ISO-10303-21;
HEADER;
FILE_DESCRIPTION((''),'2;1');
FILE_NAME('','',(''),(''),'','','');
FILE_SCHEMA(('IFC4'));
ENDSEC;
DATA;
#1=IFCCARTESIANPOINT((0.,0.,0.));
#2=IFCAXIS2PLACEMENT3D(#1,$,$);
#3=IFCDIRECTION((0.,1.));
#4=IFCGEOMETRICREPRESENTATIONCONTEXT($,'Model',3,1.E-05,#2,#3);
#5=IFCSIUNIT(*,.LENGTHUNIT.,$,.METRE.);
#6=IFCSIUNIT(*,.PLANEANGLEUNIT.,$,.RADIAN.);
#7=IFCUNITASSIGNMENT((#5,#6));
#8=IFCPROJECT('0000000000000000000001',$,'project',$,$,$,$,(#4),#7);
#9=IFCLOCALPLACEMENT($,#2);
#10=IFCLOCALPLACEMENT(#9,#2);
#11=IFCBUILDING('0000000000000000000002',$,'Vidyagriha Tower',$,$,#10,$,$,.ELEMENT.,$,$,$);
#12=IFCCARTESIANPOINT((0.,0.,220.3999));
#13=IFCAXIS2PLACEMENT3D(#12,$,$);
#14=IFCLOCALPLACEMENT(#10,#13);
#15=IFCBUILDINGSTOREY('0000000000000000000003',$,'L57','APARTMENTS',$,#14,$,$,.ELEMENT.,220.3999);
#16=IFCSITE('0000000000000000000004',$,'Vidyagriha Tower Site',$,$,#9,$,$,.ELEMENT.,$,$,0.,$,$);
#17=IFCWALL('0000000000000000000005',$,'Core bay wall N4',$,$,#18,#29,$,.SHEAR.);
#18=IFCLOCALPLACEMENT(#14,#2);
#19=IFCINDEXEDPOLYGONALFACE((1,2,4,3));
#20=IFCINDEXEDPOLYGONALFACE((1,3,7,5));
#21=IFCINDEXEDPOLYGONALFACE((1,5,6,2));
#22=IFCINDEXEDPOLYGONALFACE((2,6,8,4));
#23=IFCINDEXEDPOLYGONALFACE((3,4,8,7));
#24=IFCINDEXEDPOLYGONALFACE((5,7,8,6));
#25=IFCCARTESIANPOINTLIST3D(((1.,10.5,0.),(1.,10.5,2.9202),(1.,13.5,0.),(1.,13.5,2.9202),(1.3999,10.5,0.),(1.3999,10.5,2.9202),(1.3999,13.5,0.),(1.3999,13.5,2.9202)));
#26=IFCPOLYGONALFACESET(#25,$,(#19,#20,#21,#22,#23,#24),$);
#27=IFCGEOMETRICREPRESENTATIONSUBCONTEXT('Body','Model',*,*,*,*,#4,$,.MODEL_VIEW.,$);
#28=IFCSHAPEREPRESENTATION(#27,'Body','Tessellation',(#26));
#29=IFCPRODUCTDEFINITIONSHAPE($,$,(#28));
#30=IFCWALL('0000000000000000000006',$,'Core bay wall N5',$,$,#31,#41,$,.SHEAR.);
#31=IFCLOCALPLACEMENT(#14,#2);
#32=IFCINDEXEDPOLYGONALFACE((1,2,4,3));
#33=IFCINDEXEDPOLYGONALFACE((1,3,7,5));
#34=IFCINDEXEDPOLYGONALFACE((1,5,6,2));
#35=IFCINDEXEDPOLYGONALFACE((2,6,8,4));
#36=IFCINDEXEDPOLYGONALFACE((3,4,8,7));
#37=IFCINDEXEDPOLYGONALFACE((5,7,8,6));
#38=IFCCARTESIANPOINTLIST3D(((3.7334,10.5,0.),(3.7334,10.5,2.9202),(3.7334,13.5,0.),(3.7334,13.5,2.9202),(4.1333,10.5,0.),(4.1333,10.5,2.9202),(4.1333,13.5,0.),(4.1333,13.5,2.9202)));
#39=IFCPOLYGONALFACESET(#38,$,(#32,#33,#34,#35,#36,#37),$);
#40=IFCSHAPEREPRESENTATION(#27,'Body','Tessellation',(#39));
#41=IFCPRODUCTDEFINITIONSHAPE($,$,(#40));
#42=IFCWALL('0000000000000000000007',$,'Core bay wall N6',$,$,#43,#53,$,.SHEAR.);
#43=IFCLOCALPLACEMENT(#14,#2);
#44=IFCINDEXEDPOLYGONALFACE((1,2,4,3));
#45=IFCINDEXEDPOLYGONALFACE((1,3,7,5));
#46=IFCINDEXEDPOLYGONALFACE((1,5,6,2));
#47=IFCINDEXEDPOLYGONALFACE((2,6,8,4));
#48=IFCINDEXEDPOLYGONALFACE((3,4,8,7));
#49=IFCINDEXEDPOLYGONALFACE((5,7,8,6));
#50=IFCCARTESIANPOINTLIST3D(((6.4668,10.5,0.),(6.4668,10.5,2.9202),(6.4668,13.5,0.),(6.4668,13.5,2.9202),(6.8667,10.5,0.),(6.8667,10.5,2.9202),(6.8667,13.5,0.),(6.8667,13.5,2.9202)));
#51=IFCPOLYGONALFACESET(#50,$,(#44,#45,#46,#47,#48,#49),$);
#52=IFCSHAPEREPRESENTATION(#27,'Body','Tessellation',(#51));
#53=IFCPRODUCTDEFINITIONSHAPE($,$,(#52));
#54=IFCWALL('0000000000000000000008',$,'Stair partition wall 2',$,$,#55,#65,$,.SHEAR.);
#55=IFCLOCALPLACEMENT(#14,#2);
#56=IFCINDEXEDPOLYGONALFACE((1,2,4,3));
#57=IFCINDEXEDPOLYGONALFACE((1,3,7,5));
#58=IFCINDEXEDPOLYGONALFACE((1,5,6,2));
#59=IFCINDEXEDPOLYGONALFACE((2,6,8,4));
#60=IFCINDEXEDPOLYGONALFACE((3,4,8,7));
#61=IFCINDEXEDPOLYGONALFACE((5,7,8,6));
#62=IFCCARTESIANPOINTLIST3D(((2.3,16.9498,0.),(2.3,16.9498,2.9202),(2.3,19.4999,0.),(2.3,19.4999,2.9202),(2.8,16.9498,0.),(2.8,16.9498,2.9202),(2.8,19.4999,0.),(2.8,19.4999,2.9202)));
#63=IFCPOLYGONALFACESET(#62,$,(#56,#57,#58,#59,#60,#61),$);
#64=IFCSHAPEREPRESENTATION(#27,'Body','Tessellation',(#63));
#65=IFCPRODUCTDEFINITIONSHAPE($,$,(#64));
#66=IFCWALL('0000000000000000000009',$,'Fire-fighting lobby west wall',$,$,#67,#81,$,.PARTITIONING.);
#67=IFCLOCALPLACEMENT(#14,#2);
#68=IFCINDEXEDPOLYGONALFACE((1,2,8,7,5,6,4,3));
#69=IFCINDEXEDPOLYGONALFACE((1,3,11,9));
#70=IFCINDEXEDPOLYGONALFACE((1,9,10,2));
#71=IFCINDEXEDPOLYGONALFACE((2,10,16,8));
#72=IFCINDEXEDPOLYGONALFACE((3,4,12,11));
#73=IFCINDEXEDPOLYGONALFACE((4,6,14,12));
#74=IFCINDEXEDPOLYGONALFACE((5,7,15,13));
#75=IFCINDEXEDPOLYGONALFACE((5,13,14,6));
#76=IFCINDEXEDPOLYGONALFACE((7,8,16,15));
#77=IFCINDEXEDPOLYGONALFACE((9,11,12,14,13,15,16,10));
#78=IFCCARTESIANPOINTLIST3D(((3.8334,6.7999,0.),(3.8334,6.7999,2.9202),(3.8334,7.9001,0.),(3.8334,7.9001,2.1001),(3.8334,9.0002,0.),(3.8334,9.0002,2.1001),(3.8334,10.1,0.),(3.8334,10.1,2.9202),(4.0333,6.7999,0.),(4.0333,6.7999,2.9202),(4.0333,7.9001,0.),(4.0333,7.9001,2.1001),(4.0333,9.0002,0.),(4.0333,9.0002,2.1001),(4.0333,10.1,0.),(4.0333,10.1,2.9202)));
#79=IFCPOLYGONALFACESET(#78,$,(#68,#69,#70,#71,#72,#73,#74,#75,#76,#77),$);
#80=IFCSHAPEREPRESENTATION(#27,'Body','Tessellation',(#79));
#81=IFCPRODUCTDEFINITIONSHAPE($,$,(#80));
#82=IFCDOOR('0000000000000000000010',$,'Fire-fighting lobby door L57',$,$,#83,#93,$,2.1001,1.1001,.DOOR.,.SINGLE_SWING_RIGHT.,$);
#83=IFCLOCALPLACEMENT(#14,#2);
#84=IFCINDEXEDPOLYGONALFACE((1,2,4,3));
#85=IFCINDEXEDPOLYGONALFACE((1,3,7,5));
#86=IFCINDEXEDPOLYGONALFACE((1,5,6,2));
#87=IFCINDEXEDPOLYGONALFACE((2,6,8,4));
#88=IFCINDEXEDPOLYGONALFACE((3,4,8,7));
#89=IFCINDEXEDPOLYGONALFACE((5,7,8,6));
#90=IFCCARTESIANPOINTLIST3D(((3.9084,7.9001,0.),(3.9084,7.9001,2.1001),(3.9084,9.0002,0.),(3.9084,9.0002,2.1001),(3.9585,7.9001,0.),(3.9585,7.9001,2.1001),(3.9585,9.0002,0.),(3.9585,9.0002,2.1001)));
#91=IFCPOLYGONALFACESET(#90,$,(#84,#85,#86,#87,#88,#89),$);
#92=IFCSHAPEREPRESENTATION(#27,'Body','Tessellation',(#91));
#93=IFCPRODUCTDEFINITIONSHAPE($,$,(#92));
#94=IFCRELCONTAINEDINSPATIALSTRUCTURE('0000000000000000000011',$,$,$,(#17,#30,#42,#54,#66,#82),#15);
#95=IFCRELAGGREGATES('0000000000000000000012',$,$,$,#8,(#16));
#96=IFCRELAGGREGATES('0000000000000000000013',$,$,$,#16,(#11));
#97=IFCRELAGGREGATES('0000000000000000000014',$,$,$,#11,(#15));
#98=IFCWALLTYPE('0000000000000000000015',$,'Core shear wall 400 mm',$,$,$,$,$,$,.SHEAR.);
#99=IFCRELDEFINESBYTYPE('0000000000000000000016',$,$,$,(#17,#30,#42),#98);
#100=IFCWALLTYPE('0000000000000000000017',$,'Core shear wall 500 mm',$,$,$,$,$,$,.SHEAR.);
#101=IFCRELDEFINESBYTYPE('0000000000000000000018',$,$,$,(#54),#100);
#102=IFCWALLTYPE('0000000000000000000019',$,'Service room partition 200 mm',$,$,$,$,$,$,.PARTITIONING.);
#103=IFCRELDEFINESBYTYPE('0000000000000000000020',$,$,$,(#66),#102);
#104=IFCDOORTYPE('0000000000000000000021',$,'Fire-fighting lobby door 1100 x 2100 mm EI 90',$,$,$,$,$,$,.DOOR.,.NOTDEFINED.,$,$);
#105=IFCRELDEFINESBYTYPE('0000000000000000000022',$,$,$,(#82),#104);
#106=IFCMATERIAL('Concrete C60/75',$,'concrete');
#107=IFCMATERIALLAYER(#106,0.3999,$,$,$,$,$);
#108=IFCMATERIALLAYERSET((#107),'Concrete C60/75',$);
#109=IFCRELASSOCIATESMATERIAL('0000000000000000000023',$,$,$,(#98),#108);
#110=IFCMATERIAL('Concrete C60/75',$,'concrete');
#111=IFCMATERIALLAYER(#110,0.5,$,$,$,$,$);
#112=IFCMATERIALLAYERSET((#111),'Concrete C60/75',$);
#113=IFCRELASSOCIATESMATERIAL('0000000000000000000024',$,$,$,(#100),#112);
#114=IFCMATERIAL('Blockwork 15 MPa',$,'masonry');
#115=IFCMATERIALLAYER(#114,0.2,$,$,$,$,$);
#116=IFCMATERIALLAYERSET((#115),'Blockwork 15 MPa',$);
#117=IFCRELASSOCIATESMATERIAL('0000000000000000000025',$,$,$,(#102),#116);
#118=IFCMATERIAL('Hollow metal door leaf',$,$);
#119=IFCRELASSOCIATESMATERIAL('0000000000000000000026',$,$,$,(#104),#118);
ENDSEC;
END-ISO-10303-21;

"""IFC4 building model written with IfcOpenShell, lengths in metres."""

from ifc_helpers import new_model, si_unit, direction, frame, frame_2d, origin, place, context, subcontext, project, spatial, rectangle, extrude, material, layer, layer_set, type_object, element, fill, save


model = new_model("IFC4")

# Units and contexts
model_context = context("Model", 3, precision=1e-05, world=origin(), true_north=direction((0.0, 1.0)))
body_context = subcontext(model_context, "Body", "Model", "MODEL_VIEW")
ifc_project = project(units=[si_unit("LENGTHUNIT", "METRE"), si_unit("PLANEANGLEUNIT", "RADIAN")], contexts=[model_context])

# Site, building, storey
site_placement = place(None, origin())
site = spatial("IfcSite", under=ifc_project, at=site_placement, Name="Vidyagriha Tower Site", CompositionType="ELEMENT", RefElevation=0.0)
building_placement = place(site_placement, origin())
building = spatial("IfcBuilding", under=site, at=building_placement, Name="Vidyagriha Tower", CompositionType="ELEMENT")
storey_placement = place(building_placement, frame((0.0, 0.0, 220.3999)))
storey = spatial("IfcBuildingStorey", under=building, at=storey_placement, Name="L57", Description="APARTMENTS", CompositionType="ELEMENT", Elevation=220.3999)

# Shared definitions
ifc_material_1 = material(Name="Concrete C60/75", Category="concrete")
ifc_layer_1 = layer(ifc_material_1, 0.3999)
ifc_layer_set_1 = layer_set([ifc_layer_1], Name="Concrete C60/75")
wall_type_1 = type_object("IfcWallType", Name="Core shear wall 400 mm", PredefinedType="SHEAR", material=ifc_layer_set_1)

# Walls
for number, where, z_axis, x_axis, name in (
    (1, (1.2, 10.5, 0.0), (0.0, 0.0, 1.0), (0.0, 1.0, 0.0), "Core bay wall N4"),
    (2, (3.9333, 10.5, 0.0), (0.0, 0.0, 1.0), (0.0, 1.0, 0.0), "Core bay wall N5"),
    (3, (6.6667, 10.5, 0.0), (0.0, 0.0, 1.0), (0.0, 1.0, 0.0), "Core bay wall N6"),
):
    element("IfcWall", number, at=place(storey_placement, frame(where, z_axis=z_axis, x_axis=x_axis)), inside=storey, type_object=wall_type_1, Name=name, PredefinedType="SHEAR", context=body_context, shape_type="SweptSolid", body=[
        extrude(rectangle(XDim=3.0, YDim=0.3999, at=frame_2d((1.5, 0.0))), origin(), (0.0, 0.0, 1.0), 2.9202),
    ])
ifc_material_2 = material(Name="Concrete C60/75", Category="concrete")
ifc_layer_2 = layer(ifc_material_2, 0.5)
ifc_layer_set_2 = layer_set([ifc_layer_2], Name="Concrete C60/75")
wall_type_2 = type_object("IfcWallType", Name="Core shear wall 500 mm", PredefinedType="SHEAR", material=ifc_layer_set_2)
wall_1_placement = place(storey_placement, frame((2.55, 16.95, 0.0), z_axis=(0.0, 0.0, 1.0), x_axis=(0.0, 1.0, 0.0)))
element("IfcWall", 4, at=wall_1_placement, inside=storey, type_object=wall_type_2, Name="Stair partition wall 2", PredefinedType="SHEAR", context=body_context, shape_type="SweptSolid", body=[
    extrude(rectangle(XDim=2.55, YDim=0.5, at=frame_2d((1.2749, 0.0))), origin(), (0.0, 0.0, 1.0), 2.9202),
])

# Wall, opening, door
ifc_material_3 = material(Name="Blockwork 15 MPa", Category="masonry")
ifc_layer_3 = layer(ifc_material_3, 0.2)
ifc_layer_set_3 = layer_set([ifc_layer_3], Name="Blockwork 15 MPa")
wall_type_3 = type_object("IfcWallType", Name="Service room partition 200 mm", PredefinedType="PARTITIONING", material=ifc_layer_set_3)
wall_2_placement = place(storey_placement, frame((3.9333, 6.8, 0.0), z_axis=(0.0, 0.0, 1.0), x_axis=(0.0, 1.0, 0.0)))
wall_2 = element("IfcWall", 5, at=wall_2_placement, inside=storey, type_object=wall_type_3, Name="Fire-fighting lobby west wall", PredefinedType="PARTITIONING", context=body_context, shape_type="SweptSolid", body=[
    extrude(rectangle(XDim=3.3, YDim=0.2, at=frame_2d((1.6499, 0.0))), origin(), (0.0, 0.0, 1.0), 2.9202),
])
opening_1_placement = place(wall_2_placement, frame((1.1001, 0.0, 0.0)))
opening_1 = element("IfcOpeningElement", 6, at=opening_1_placement, cuts=wall_2, PredefinedType="OPENING", context=body_context, shape_type="SweptSolid", body=[
    extrude(rectangle(XDim=1.1001, YDim=2.1001, at=frame_2d((0.55, 1.05))), frame((0.0, 0.1099, 0.0), z_axis=(0.0, -1.0, 0.0), x_axis=(1.0, 0.0, 0.0)), (0.0, 0.0, 1.0), 0.22),
])
ifc_material_4 = material(Name="Hollow metal door leaf")
door_type_1 = type_object("IfcDoorType", Name="Fire-fighting lobby door 1100 x 2100 mm EI 90", OperationType="NOTDEFINED", PredefinedType="DOOR", material=ifc_material_4)
door_1_placement = place(opening_1_placement, origin())
door_1 = element("IfcDoor", 7, at=door_1_placement, inside=storey, type_object=door_type_1, Name="Fire-fighting lobby door L57", OperationType="SINGLE_SWING_RIGHT", OverallHeight=2.1001, OverallWidth=1.1001, PredefinedType="DOOR", context=body_context, shape_type="SweptSolid", body=[
    extrude(rectangle(XDim=1.1001, YDim=2.1001, at=frame_2d((0.55, 1.05))), frame((0.0, 0.0249, 0.0), z_axis=(0.0, -1.0, 0.0), x_axis=(1.0, 0.0, 0.0)), (0.0, 0.0, 1.0), 0.05),
])
fill(opening_1, door_1)

save(model, "model.ifc")
